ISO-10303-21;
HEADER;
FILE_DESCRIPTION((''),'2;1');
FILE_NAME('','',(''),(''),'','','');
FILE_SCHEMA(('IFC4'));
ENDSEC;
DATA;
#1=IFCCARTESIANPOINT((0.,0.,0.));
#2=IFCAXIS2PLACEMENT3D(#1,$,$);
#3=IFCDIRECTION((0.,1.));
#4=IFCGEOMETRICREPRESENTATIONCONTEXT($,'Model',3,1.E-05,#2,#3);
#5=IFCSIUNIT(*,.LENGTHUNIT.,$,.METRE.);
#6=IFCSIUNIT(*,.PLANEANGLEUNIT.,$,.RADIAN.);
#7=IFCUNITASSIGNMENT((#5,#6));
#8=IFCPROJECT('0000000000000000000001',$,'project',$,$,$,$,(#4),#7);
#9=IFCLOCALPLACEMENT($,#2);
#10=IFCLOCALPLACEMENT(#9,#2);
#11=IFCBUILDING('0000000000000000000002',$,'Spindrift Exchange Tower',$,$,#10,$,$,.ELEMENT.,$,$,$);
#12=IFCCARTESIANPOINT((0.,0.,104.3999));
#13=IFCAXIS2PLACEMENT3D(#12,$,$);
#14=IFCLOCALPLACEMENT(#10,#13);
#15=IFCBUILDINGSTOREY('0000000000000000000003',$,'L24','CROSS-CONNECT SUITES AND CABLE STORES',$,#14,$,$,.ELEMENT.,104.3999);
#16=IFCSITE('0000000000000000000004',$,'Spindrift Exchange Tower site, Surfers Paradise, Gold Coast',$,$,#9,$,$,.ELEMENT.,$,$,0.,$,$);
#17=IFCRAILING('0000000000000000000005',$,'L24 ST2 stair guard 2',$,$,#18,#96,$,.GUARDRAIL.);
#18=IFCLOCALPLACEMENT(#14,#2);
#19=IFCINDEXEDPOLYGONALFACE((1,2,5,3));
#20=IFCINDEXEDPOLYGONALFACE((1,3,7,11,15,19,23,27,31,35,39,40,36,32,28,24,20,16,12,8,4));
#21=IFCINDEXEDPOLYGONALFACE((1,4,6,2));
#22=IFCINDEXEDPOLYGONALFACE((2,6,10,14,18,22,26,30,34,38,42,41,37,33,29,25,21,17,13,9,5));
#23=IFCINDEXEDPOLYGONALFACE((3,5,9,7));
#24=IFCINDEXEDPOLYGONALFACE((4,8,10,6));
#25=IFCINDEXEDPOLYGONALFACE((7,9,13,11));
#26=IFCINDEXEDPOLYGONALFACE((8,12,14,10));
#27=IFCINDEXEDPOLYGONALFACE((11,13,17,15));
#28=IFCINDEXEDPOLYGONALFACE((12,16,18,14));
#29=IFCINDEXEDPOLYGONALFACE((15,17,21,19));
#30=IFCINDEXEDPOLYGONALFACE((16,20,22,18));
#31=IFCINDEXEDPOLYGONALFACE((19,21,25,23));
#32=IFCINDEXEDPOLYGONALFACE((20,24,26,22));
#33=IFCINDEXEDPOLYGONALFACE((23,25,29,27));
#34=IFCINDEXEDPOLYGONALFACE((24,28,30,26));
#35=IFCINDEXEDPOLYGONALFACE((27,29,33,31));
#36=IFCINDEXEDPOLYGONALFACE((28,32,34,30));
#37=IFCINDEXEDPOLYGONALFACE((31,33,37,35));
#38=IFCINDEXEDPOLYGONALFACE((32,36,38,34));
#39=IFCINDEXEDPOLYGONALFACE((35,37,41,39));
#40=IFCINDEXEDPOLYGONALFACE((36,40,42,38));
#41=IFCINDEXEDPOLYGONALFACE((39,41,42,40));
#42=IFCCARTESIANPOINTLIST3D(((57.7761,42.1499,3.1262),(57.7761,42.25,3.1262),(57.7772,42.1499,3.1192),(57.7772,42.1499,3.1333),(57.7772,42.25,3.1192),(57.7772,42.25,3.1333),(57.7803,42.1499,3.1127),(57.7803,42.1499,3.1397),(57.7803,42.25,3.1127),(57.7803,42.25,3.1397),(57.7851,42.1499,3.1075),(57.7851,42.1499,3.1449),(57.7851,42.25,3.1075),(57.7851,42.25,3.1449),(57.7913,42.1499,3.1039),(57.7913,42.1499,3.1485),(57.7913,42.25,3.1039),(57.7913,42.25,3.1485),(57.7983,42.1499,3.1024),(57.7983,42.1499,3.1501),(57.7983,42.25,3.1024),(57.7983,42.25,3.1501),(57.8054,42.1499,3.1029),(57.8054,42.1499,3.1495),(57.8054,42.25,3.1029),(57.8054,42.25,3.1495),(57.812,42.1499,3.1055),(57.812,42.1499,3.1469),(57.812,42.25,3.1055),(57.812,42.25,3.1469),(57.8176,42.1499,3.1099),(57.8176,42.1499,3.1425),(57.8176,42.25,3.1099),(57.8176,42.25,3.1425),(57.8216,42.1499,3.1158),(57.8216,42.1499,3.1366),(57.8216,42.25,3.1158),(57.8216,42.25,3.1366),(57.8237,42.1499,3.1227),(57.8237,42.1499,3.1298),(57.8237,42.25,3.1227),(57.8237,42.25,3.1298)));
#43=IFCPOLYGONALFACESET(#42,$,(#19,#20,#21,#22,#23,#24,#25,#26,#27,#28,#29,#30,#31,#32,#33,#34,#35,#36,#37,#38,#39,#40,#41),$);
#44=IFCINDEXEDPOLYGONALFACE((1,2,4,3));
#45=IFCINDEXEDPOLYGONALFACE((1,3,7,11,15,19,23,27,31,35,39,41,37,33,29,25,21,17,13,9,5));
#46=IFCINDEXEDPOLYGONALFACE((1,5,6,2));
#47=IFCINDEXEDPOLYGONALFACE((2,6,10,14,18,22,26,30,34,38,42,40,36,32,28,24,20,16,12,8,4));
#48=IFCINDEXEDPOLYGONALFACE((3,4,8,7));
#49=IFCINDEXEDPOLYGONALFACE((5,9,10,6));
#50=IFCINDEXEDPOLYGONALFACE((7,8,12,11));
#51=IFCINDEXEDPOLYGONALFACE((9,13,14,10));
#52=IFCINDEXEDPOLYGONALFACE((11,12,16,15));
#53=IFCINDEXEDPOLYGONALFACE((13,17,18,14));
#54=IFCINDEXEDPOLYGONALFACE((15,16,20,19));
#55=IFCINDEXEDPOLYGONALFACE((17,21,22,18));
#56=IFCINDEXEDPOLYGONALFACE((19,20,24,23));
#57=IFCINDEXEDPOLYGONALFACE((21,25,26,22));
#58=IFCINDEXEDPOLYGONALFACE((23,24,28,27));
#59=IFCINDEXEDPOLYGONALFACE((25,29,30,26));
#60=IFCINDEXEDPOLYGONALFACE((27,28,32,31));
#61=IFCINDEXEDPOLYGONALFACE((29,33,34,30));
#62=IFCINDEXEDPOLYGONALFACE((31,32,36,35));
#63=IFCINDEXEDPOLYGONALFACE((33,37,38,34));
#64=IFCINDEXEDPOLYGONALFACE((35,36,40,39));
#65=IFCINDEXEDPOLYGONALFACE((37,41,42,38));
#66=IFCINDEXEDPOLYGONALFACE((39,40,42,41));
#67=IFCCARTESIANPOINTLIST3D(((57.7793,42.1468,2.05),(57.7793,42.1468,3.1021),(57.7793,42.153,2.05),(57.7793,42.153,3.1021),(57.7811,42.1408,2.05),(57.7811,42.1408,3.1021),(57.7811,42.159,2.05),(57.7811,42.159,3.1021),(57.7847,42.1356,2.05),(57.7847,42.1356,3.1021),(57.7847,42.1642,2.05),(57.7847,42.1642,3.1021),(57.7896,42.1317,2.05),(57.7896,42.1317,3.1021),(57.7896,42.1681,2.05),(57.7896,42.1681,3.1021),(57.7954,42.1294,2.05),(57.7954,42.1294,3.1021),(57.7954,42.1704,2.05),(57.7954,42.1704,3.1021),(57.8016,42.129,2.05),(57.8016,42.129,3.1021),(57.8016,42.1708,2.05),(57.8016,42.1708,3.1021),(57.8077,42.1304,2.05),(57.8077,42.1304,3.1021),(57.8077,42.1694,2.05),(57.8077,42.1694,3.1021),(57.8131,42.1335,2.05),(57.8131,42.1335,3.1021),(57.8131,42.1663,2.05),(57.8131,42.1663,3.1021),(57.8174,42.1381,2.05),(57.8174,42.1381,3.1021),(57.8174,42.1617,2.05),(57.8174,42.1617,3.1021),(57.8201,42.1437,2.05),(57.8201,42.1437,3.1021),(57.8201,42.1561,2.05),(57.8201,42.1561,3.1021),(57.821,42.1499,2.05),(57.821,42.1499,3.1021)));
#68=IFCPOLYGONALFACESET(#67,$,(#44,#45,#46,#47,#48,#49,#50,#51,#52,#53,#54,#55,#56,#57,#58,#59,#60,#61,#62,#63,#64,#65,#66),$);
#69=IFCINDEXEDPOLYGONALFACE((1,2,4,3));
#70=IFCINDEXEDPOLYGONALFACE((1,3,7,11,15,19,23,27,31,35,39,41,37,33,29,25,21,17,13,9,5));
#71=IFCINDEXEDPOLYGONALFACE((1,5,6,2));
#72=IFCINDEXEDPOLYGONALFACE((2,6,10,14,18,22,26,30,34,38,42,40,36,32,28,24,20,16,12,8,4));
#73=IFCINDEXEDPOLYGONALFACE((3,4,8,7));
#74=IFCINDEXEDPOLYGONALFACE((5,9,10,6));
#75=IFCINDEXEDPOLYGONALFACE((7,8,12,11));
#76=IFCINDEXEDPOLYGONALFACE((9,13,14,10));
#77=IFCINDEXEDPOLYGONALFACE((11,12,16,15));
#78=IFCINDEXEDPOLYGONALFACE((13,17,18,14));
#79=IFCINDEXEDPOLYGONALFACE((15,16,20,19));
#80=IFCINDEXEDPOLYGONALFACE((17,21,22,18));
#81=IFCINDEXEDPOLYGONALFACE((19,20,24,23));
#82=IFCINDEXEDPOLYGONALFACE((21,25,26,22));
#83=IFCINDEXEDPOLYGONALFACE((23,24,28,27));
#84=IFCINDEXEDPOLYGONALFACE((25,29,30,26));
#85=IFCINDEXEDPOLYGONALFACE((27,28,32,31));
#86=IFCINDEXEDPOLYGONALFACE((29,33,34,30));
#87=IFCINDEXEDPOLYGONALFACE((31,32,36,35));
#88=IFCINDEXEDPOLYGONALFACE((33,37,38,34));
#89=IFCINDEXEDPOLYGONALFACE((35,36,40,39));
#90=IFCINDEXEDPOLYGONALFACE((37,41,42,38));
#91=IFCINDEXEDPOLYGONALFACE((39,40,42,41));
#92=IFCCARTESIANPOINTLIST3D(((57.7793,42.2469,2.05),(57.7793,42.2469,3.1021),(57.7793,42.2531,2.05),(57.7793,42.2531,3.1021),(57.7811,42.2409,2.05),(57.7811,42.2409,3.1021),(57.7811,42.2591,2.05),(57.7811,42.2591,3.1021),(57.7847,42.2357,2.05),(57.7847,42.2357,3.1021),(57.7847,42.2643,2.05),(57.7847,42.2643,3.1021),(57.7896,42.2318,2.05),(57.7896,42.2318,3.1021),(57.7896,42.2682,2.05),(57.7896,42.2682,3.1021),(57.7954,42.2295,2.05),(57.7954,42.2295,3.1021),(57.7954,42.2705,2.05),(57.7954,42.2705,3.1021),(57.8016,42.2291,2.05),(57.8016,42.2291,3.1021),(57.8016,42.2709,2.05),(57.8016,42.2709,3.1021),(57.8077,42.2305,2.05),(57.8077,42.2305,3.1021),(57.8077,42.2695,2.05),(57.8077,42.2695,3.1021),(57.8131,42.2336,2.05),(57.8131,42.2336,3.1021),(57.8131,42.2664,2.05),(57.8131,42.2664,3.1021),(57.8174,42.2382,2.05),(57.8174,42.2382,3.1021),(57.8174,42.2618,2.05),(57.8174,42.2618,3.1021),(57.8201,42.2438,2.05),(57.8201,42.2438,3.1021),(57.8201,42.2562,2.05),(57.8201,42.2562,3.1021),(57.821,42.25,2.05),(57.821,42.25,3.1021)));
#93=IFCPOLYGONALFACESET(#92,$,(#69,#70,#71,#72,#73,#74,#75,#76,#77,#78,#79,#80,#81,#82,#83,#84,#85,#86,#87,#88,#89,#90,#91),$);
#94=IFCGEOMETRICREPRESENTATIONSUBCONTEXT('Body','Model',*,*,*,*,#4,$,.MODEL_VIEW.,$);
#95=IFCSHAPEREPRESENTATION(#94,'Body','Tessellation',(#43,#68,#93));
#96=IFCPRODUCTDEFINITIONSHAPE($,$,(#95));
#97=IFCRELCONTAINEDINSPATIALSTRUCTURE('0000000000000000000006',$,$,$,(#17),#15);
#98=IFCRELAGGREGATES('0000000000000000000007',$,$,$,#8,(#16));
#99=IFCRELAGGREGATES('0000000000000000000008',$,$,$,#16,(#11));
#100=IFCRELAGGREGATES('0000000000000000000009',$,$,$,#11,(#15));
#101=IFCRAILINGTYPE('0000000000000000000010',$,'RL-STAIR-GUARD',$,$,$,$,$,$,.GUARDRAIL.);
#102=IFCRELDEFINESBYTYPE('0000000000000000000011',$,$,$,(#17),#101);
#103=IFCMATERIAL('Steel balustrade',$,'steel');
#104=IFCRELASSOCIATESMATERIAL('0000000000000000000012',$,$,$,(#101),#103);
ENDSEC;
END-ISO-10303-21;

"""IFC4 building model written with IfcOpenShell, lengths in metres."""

from ifc_helpers import new_model, si_unit, direction, frame, origin, origin_2d, place, context, subcontext, project, spatial, circle, extrude, material, type_object, element, save


model = new_model("IFC4")

# Units and contexts
model_context = context("Model", 3, precision=1e-05, world=origin(), true_north=direction((0.0, 1.0)))
body_context = subcontext(model_context, "Body", "Model", "MODEL_VIEW")
ifc_project = project(units=[si_unit("LENGTHUNIT", "METRE"), si_unit("PLANEANGLEUNIT", "RADIAN")], contexts=[model_context])

# Site, building, storey
site_placement = place(None, origin())
site = spatial("IfcSite", under=ifc_project, at=site_placement, Name="Spindrift Exchange Tower site, Surfers Paradise, Gold Coast", CompositionType="ELEMENT", RefElevation=0.0)
building_placement = place(site_placement, origin())
building = spatial("IfcBuilding", under=site, at=building_placement, Name="Spindrift Exchange Tower", CompositionType="ELEMENT")
storey_placement = place(building_placement, frame((0.0, 0.0, 104.3999)))
storey = spatial("IfcBuildingStorey", under=building, at=storey_placement, Name="L24", Description="CROSS-CONNECT SUITES AND CABLE STORES", CompositionType="ELEMENT", Elevation=104.3999)

# Railing
ifc_material_1 = material(Name="Steel balustrade", Category="steel")
railing_type_1 = type_object("IfcRailingType", Name="RL-STAIR-GUARD", PredefinedType="GUARDRAIL", material=ifc_material_1)
railing_1_placement = place(storey_placement, frame((57.8, 42.1499, 2.05)))
element("IfcRailing", 1, at=railing_1_placement, inside=storey, type_object=railing_type_1, Name="L24 ST2 stair guard 2", PredefinedType="GUARDRAIL", context=body_context, shape_type="SweptSolid", body=[
    extrude(circle(Radius=0.0239, at=origin_2d()), frame((0.0, 0.0, 1.0762), z_axis=(0.0, 1.0, 0.0), x_axis=(-1.0, 0.0, 0.0)), (0.0, 0.0, 1.0), 0.1001),
    extrude(circle(Radius=0.021, at=origin_2d()), origin(), (0.0, 0.0, 1.0), 1.052),
    extrude(circle(Radius=0.021, at=origin_2d()), frame((0.0, 0.1001, 0.0)), (0.0, 0.0, 1.0), 1.052),
])

save(model, "model.ifc")
